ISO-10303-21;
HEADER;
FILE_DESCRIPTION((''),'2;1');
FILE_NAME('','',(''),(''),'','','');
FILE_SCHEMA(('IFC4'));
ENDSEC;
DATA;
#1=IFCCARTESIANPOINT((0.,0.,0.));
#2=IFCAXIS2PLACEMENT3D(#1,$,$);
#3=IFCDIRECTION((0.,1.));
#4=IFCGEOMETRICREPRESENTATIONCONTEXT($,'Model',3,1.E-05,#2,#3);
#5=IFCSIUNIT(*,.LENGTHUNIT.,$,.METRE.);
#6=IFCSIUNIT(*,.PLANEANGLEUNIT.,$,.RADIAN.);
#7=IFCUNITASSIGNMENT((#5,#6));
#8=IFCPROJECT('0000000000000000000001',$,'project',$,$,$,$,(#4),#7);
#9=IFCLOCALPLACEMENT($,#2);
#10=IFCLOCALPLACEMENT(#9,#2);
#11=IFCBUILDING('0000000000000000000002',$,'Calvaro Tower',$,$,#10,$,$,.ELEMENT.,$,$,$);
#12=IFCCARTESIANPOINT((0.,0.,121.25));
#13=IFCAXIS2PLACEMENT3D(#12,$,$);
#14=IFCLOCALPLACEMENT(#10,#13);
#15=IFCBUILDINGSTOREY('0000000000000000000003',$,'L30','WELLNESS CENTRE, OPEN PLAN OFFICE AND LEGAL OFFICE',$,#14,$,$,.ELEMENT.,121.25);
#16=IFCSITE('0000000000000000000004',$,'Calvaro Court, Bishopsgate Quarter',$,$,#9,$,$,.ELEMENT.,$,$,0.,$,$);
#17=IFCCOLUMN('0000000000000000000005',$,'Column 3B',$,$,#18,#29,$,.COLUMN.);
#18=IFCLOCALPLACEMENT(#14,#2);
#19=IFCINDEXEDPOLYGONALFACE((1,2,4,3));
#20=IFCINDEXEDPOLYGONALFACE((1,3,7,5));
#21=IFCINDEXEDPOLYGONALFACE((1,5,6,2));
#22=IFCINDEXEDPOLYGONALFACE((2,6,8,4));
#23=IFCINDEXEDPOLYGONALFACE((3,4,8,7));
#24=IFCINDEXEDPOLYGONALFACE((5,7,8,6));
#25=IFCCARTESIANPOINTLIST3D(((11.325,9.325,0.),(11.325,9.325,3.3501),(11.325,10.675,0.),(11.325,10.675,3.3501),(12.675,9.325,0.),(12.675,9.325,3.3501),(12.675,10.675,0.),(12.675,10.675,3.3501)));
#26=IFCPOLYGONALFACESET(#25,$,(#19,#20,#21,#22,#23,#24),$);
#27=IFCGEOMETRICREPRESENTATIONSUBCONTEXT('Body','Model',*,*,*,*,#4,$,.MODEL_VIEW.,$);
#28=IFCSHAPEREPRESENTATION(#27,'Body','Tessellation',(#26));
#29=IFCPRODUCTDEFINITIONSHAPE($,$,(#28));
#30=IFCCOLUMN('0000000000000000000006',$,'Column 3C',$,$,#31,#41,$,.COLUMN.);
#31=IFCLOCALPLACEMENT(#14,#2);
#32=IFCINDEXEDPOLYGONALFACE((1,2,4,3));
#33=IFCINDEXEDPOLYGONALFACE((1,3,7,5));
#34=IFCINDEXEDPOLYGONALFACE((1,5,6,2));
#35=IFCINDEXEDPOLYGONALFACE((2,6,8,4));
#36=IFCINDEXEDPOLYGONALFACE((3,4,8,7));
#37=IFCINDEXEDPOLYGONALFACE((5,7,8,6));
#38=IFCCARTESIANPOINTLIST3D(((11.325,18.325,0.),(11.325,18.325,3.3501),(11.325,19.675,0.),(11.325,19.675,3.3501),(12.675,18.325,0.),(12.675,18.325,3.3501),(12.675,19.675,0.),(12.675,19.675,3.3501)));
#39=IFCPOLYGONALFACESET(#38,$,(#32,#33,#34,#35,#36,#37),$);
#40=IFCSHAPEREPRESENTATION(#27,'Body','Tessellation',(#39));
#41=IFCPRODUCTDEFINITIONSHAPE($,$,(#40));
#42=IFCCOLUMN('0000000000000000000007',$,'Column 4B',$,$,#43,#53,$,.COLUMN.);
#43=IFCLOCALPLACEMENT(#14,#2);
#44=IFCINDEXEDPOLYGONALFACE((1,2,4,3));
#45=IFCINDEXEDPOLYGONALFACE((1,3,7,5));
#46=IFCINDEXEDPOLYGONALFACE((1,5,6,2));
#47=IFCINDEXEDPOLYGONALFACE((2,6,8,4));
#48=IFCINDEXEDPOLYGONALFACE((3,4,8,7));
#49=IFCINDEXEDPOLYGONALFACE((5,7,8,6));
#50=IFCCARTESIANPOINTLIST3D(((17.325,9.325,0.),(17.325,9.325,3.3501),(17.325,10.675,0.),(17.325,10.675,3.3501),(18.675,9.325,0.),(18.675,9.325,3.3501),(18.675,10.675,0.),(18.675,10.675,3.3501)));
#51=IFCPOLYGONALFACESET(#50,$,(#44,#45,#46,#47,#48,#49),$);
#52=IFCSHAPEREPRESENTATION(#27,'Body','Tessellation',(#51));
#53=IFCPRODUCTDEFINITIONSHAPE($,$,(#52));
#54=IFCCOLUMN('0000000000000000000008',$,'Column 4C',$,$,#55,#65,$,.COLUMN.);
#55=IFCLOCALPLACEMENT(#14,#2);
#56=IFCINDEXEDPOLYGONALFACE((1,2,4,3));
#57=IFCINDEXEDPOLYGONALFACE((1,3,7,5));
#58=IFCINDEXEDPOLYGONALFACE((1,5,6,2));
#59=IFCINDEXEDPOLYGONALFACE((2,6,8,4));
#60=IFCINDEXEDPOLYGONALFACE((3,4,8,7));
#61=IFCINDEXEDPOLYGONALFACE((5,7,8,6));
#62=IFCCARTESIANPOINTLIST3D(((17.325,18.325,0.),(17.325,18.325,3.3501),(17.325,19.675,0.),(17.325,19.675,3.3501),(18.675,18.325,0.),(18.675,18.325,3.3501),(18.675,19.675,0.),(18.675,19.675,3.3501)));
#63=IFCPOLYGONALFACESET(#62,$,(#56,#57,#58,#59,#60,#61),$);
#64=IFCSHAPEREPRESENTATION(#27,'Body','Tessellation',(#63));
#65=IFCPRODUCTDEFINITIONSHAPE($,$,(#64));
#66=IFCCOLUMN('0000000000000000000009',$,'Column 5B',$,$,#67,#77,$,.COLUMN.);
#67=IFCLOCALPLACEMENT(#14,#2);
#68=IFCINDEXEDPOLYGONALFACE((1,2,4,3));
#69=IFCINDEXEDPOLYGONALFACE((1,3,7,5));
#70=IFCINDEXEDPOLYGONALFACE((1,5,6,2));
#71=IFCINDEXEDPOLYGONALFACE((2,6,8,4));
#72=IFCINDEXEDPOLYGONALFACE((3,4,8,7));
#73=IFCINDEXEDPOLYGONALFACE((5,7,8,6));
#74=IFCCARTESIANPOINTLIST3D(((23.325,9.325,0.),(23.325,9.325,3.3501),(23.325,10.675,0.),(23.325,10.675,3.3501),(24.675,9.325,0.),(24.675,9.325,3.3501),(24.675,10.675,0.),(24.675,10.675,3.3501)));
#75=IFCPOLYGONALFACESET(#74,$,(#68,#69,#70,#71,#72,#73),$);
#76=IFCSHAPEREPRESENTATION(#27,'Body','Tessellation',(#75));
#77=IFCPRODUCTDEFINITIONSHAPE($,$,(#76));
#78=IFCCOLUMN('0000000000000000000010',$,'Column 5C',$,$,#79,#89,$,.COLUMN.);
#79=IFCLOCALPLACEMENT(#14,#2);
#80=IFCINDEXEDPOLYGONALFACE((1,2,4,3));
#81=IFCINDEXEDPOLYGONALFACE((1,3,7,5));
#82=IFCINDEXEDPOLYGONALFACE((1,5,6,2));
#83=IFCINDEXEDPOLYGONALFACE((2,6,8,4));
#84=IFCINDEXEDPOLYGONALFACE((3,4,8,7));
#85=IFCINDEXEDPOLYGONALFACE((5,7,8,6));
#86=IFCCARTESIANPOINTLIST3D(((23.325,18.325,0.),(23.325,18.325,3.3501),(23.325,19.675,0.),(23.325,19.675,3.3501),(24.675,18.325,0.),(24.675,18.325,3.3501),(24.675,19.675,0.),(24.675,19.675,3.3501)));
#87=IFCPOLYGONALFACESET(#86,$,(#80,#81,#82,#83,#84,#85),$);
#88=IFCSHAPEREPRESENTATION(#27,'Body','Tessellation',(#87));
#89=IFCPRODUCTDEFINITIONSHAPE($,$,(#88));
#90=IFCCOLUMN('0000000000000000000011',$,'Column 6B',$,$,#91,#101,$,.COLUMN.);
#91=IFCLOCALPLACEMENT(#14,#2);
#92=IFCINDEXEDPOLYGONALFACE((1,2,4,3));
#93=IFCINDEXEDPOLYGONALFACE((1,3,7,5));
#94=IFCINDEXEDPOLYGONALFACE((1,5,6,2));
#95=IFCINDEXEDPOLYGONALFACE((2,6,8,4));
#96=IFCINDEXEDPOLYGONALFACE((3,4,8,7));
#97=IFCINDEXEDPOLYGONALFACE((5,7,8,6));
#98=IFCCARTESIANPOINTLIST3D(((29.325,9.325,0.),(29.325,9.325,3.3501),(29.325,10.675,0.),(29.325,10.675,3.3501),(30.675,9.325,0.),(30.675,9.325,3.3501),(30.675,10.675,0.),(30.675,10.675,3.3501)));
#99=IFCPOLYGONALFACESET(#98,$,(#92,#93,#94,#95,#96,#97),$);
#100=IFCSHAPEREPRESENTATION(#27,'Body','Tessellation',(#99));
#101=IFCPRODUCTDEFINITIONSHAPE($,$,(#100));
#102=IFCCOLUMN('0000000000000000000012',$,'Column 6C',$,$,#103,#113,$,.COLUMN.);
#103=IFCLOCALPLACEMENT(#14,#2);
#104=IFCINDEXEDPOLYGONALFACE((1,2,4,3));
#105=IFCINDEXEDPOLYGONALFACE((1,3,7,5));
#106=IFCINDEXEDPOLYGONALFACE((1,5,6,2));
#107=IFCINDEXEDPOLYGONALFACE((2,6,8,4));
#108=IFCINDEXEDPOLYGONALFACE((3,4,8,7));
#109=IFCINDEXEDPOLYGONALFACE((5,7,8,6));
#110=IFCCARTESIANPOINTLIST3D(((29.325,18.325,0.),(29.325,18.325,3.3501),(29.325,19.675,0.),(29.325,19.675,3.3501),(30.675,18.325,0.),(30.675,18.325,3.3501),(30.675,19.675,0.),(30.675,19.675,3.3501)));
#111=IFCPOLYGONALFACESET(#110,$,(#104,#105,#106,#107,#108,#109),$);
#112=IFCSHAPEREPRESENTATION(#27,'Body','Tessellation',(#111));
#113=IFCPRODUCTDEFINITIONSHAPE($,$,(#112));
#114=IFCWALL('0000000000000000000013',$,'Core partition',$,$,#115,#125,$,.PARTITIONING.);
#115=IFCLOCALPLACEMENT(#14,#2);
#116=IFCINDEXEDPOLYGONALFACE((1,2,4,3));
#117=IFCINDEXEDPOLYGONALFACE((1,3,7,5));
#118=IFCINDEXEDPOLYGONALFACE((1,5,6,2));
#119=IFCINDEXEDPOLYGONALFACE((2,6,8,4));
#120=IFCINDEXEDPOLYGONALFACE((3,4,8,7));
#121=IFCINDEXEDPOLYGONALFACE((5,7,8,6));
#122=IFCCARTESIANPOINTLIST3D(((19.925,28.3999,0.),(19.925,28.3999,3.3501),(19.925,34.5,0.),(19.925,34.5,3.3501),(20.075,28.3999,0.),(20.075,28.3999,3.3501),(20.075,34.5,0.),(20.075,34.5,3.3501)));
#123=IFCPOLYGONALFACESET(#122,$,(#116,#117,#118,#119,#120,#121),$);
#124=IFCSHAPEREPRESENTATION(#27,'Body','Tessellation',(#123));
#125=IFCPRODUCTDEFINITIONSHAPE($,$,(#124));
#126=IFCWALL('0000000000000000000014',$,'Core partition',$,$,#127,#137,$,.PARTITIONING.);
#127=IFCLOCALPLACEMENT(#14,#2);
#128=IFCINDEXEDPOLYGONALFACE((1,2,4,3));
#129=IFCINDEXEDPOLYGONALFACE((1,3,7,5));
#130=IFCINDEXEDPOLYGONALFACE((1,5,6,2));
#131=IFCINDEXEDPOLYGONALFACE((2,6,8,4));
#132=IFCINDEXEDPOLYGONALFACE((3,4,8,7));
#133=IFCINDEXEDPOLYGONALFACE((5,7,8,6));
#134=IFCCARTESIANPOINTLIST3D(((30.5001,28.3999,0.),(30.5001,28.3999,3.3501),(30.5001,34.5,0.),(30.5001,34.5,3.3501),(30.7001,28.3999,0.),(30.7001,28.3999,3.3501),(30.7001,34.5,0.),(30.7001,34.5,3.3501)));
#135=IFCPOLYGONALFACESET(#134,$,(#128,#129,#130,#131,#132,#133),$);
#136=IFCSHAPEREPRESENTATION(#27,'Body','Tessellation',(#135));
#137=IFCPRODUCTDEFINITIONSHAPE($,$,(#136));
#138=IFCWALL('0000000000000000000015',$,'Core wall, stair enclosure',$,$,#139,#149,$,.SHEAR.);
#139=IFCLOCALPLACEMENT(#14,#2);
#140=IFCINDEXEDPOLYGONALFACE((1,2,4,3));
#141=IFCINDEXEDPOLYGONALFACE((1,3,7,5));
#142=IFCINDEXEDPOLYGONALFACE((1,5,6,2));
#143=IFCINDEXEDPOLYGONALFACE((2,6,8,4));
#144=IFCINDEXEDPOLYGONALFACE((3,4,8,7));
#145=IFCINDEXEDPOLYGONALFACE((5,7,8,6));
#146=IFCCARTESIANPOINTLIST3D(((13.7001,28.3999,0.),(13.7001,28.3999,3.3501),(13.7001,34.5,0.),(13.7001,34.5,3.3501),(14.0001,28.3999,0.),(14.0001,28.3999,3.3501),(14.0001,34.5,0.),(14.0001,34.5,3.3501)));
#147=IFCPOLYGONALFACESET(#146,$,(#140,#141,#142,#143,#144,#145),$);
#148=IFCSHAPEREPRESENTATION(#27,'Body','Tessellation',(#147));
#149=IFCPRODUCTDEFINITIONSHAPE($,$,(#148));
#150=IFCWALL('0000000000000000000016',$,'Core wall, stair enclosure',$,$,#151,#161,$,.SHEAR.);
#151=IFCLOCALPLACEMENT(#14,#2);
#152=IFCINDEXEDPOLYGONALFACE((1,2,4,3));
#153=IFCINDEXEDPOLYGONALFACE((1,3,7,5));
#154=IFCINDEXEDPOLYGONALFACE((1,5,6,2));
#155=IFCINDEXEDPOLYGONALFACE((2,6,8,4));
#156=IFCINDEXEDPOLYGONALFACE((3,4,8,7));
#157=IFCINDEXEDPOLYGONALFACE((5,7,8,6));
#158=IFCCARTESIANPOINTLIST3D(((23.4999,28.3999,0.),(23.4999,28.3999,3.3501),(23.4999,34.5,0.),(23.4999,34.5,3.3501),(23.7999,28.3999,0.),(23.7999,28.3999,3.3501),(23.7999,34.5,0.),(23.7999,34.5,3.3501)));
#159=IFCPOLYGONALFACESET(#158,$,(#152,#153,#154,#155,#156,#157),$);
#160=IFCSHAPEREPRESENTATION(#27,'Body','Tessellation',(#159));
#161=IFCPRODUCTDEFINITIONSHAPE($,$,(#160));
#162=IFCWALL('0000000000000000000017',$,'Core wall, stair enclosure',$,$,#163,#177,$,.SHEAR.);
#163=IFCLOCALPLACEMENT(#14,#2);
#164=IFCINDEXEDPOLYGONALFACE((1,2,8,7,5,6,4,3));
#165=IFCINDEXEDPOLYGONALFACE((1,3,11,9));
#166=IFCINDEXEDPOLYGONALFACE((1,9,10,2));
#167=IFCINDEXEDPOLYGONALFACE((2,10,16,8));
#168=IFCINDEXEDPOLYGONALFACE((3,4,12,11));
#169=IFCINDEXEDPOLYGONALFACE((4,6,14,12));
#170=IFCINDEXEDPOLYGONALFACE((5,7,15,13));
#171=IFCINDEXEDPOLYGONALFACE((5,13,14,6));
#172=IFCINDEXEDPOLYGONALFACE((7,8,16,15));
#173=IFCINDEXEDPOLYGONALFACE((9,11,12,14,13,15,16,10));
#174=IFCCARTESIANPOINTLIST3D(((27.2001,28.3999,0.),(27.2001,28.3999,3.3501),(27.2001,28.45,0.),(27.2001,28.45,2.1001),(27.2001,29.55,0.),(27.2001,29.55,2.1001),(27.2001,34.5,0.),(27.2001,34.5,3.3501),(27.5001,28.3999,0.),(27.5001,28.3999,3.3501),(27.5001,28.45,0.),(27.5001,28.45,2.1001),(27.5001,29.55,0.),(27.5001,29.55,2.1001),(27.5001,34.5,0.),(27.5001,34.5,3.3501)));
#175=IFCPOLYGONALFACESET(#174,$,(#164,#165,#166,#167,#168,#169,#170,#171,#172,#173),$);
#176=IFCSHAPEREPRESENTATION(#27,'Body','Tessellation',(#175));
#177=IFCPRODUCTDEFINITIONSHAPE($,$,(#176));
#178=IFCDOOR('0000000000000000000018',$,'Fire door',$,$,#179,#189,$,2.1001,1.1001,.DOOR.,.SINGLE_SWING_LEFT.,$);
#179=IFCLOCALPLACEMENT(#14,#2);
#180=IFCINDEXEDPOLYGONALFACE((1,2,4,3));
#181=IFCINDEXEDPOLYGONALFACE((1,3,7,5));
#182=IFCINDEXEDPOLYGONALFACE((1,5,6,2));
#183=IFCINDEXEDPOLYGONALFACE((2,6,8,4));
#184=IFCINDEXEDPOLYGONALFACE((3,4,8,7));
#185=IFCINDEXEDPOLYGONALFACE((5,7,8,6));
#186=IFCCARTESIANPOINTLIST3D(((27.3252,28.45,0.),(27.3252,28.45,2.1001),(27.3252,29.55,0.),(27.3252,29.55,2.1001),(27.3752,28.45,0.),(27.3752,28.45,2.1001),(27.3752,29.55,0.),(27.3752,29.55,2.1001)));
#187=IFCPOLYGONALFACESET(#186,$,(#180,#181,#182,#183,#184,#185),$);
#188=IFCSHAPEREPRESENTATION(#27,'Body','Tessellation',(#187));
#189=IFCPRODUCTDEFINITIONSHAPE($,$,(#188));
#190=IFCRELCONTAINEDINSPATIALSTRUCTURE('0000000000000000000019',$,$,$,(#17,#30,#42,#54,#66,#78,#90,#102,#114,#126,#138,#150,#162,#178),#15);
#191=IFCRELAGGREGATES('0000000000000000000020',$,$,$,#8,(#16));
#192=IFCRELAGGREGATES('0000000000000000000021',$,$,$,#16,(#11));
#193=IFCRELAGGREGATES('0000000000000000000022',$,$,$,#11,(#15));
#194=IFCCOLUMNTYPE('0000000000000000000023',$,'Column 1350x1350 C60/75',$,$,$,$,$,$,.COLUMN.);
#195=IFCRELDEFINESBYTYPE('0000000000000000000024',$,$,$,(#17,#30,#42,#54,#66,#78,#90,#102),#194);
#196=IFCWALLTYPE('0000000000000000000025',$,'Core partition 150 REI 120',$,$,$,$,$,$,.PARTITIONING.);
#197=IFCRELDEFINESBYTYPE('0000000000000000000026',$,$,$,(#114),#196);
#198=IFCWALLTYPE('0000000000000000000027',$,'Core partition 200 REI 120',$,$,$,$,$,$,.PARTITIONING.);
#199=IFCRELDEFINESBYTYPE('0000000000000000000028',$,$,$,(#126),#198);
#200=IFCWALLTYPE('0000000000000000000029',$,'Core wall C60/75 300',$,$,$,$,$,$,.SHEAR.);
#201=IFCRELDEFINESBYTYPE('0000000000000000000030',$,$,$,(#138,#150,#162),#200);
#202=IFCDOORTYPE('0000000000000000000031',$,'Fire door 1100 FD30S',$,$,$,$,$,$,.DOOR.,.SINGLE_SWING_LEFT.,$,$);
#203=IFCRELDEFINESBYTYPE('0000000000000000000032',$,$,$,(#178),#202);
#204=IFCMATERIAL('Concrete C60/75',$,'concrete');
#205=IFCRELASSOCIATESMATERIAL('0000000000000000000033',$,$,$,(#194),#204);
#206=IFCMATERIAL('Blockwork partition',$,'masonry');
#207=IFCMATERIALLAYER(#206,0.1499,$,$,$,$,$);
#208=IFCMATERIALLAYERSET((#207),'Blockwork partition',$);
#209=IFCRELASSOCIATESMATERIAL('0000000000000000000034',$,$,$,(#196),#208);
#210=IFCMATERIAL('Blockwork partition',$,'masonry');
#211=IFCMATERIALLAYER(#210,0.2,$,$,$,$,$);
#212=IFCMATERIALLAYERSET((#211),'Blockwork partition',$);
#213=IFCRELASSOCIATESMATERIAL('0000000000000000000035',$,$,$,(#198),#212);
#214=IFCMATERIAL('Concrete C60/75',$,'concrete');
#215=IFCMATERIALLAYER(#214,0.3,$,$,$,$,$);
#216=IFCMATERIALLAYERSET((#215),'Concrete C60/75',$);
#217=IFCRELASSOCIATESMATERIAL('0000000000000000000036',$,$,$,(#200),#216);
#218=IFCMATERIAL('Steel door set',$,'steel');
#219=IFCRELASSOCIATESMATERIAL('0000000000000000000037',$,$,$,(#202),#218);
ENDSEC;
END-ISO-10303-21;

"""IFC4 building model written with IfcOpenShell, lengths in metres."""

from ifc_helpers import new_model, si_unit, direction, frame, frame_2d, origin, origin_2d, place, context, subcontext, project, spatial, rectangle, extrude, material, layer, layer_set, material_profile, profile_set, type_object, element, fill, save


model = new_model("IFC4")

# Units and contexts
model_context = context("Model", 3, precision=1e-05, world=origin(), true_north=direction((0.0, 1.0)))
body_context = subcontext(model_context, "Body", "Model", "MODEL_VIEW")
ifc_project = project(units=[si_unit("LENGTHUNIT", "METRE"), si_unit("PLANEANGLEUNIT", "RADIAN")], contexts=[model_context])

# Site, building, storey
site_placement = place(None, origin())
site = spatial("IfcSite", under=ifc_project, at=site_placement, Name="Calvaro Court, Bishopsgate Quarter", CompositionType="ELEMENT", RefElevation=0.0)
building_placement = place(site_placement, origin())
building = spatial("IfcBuilding", under=site, at=building_placement, Name="Calvaro Tower", CompositionType="ELEMENT")
storey_placement = place(building_placement, frame((0.0, 0.0, 121.25)))
storey = spatial("IfcBuildingStorey", under=building, at=storey_placement, Name="L30", Description="WELLNESS CENTRE, OPEN PLAN OFFICE AND LEGAL OFFICE", CompositionType="ELEMENT", Elevation=121.25)

# Columns
ifc_material_1 = material(Name="Concrete C60/75", Category="concrete")
ifc_material_profile = material_profile(ifc_material_1, rectangle(XDim=1.3501, YDim=1.3501, at=origin_2d()), Name="RC 1350x1350")
ifc_profile_set = profile_set([ifc_material_profile], Name="Concrete C60/75")
column_type = type_object("IfcColumnType", Name="Column 1350x1350 C60/75", PredefinedType="COLUMN", material=ifc_profile_set)
for number, where, z_axis, x_axis, name in (
    (1, (12.0, 10.0, 0.0), (0.0, 0.0, 1.0), (1.0, 0.0, 0.0), "Column 3B"),
    (2, (12.0, 19.0, 0.0), (0.0, 0.0, 1.0), (1.0, 0.0, 0.0), "Column 3C"),
    (3, (18.0, 10.0, 0.0), (0.0, 0.0, 1.0), (1.0, 0.0, 0.0), "Column 4B"),
    (4, (18.0, 19.0, 0.0), (0.0, 0.0, 1.0), (1.0, 0.0, 0.0), "Column 4C"),
    (5, (24.0, 10.0, 0.0), (0.0, 0.0, 1.0), (1.0, 0.0, 0.0), "Column 5B"),
    (6, (24.0, 19.0, 0.0), (0.0, 0.0, 1.0), (1.0, 0.0, 0.0), "Column 5C"),
    (7, (30.0, 10.0, 0.0), (0.0, 0.0, 1.0), (1.0, 0.0, 0.0), "Column 6B"),
    (8, (30.0, 19.0, 0.0), (0.0, 0.0, 1.0), (1.0, 0.0, 0.0), "Column 6C"),
):
    element("IfcColumn", number, at=place(storey_placement, frame(where, z_axis=z_axis, x_axis=x_axis)), inside=storey, type_object=column_type, Name=name, PredefinedType="COLUMN", context=body_context, shape_type="SweptSolid", body=[
        extrude(rectangle(XDim=1.3501, YDim=1.3501, at=origin_2d()), origin(), (0.0, 0.0, 1.0), 3.3501),
    ])

# Walls
ifc_material_2 = material(Name="Blockwork partition", Category="masonry")
ifc_layer_1 = layer(ifc_material_2, 0.1499)
ifc_layer_set_1 = layer_set([ifc_layer_1], Name="Blockwork partition")
wall_type_1 = type_object("IfcWallType", Name="Core partition 150 REI 120", PredefinedType="PARTITIONING", material=ifc_layer_set_1)
wall_1_placement = place(storey_placement, frame((20.0, 28.3999, 0.0), z_axis=(0.0, 0.0, 1.0), x_axis=(0.0, 1.0, 0.0)))
element("IfcWall", 9, at=wall_1_placement, inside=storey, type_object=wall_type_1, Name="Core partition", PredefinedType="PARTITIONING", context=body_context, shape_type="SweptSolid", body=[
    extrude(rectangle(XDim=6.1001, YDim=0.1499, at=frame_2d((3.05, 0.0))), origin(), (0.0, 0.0, 1.0), 3.3501),
])
ifc_material_3 = material(Name="Blockwork partition", Category="masonry")
ifc_layer_2 = layer(ifc_material_3, 0.2)
ifc_layer_set_2 = layer_set([ifc_layer_2], Name="Blockwork partition")
wall_type_2 = type_object("IfcWallType", Name="Core partition 200 REI 120", PredefinedType="PARTITIONING", material=ifc_layer_set_2)
wall_2_placement = place(storey_placement, frame((30.6001, 28.3999, 0.0), z_axis=(0.0, 0.0, 1.0), x_axis=(0.0, 1.0, 0.0)))
element("IfcWall", 10, at=wall_2_placement, inside=storey, type_object=wall_type_2, Name="Core partition", PredefinedType="PARTITIONING", context=body_context, shape_type="SweptSolid", body=[
    extrude(rectangle(XDim=6.1001, YDim=0.2, at=frame_2d((3.05, 0.0))), origin(), (0.0, 0.0, 1.0), 3.3501),
])
ifc_material_4 = material(Name="Concrete C60/75", Category="concrete")
ifc_layer_3 = layer(ifc_material_4, 0.3)
ifc_layer_set_3 = layer_set([ifc_layer_3], Name="Concrete C60/75")
wall_type_3 = type_object("IfcWallType", Name="Core wall C60/75 300", PredefinedType="SHEAR", material=ifc_layer_set_3)
for number, where, z_axis, x_axis, name in (
    (11, (13.8501, 28.3999, 0.0), (0.0, 0.0, 1.0), (0.0, 1.0, 0.0), "Core wall, stair enclosure"),
    (12, (23.6499, 28.3999, 0.0), (0.0, 0.0, 1.0), (0.0, 1.0, 0.0), "Core wall, stair enclosure"),
):
    element("IfcWall", number, at=place(storey_placement, frame(where, z_axis=z_axis, x_axis=x_axis)), inside=storey, type_object=wall_type_3, Name=name, PredefinedType="SHEAR", context=body_context, shape_type="SweptSolid", body=[
        extrude(rectangle(XDim=6.1001, YDim=0.3, at=frame_2d((3.05, 0.0))), origin(), (0.0, 0.0, 1.0), 3.3501),
    ])

# Wall, opening, door
wall_3_placement = place(storey_placement, frame((27.3501, 28.3999, 0.0), z_axis=(0.0, 0.0, 1.0), x_axis=(0.0, 1.0, 0.0)))
wall_3 = element("IfcWall", 13, at=wall_3_placement, inside=storey, type_object=wall_type_3, Name="Core wall, stair enclosure", PredefinedType="SHEAR", context=body_context, shape_type="SweptSolid", body=[
    extrude(rectangle(XDim=6.1001, YDim=0.3, at=frame_2d((3.05, 0.0))), origin(), (0.0, 0.0, 1.0), 3.3501),
])
opening_1_placement = place(wall_3_placement, frame((0.05, 0.0, 0.0)))
opening_1 = element("IfcOpeningElement", 14, at=opening_1_placement, cuts=wall_3, PredefinedType="OPENING", context=body_context, shape_type="SweptSolid", body=[
    extrude(rectangle(XDim=1.1001, YDim=2.1001, at=frame_2d((0.55, 1.05))), frame((0.0, 0.1599, 0.0), z_axis=(0.0, -1.0, 0.0), x_axis=(1.0, 0.0, 0.0)), (0.0, 0.0, 1.0), 0.3201),
])
ifc_material_5 = material(Name="Steel door set", Category="steel")
door_type_1 = type_object("IfcDoorType", Name="Fire door 1100 FD30S", OperationType="SINGLE_SWING_LEFT", PredefinedType="DOOR", material=ifc_material_5)
door_1_placement = place(opening_1_placement, origin())
door_1 = element("IfcDoor", 15, at=door_1_placement, inside=storey, type_object=door_type_1, Name="Fire door", OperationType="SINGLE_SWING_LEFT", OverallHeight=2.1001, OverallWidth=1.1001, PredefinedType="DOOR", context=body_context, shape_type="SweptSolid", body=[
    extrude(rectangle(XDim=1.1001, YDim=2.1001, at=frame_2d((0.55, 1.05))), frame((0.0, 0.0249, 0.0), z_axis=(0.0, -1.0, 0.0), x_axis=(1.0, 0.0, 0.0)), (0.0, 0.0, 1.0), 0.05),
])
fill(opening_1, door_1)

save(model, "model.ifc")
